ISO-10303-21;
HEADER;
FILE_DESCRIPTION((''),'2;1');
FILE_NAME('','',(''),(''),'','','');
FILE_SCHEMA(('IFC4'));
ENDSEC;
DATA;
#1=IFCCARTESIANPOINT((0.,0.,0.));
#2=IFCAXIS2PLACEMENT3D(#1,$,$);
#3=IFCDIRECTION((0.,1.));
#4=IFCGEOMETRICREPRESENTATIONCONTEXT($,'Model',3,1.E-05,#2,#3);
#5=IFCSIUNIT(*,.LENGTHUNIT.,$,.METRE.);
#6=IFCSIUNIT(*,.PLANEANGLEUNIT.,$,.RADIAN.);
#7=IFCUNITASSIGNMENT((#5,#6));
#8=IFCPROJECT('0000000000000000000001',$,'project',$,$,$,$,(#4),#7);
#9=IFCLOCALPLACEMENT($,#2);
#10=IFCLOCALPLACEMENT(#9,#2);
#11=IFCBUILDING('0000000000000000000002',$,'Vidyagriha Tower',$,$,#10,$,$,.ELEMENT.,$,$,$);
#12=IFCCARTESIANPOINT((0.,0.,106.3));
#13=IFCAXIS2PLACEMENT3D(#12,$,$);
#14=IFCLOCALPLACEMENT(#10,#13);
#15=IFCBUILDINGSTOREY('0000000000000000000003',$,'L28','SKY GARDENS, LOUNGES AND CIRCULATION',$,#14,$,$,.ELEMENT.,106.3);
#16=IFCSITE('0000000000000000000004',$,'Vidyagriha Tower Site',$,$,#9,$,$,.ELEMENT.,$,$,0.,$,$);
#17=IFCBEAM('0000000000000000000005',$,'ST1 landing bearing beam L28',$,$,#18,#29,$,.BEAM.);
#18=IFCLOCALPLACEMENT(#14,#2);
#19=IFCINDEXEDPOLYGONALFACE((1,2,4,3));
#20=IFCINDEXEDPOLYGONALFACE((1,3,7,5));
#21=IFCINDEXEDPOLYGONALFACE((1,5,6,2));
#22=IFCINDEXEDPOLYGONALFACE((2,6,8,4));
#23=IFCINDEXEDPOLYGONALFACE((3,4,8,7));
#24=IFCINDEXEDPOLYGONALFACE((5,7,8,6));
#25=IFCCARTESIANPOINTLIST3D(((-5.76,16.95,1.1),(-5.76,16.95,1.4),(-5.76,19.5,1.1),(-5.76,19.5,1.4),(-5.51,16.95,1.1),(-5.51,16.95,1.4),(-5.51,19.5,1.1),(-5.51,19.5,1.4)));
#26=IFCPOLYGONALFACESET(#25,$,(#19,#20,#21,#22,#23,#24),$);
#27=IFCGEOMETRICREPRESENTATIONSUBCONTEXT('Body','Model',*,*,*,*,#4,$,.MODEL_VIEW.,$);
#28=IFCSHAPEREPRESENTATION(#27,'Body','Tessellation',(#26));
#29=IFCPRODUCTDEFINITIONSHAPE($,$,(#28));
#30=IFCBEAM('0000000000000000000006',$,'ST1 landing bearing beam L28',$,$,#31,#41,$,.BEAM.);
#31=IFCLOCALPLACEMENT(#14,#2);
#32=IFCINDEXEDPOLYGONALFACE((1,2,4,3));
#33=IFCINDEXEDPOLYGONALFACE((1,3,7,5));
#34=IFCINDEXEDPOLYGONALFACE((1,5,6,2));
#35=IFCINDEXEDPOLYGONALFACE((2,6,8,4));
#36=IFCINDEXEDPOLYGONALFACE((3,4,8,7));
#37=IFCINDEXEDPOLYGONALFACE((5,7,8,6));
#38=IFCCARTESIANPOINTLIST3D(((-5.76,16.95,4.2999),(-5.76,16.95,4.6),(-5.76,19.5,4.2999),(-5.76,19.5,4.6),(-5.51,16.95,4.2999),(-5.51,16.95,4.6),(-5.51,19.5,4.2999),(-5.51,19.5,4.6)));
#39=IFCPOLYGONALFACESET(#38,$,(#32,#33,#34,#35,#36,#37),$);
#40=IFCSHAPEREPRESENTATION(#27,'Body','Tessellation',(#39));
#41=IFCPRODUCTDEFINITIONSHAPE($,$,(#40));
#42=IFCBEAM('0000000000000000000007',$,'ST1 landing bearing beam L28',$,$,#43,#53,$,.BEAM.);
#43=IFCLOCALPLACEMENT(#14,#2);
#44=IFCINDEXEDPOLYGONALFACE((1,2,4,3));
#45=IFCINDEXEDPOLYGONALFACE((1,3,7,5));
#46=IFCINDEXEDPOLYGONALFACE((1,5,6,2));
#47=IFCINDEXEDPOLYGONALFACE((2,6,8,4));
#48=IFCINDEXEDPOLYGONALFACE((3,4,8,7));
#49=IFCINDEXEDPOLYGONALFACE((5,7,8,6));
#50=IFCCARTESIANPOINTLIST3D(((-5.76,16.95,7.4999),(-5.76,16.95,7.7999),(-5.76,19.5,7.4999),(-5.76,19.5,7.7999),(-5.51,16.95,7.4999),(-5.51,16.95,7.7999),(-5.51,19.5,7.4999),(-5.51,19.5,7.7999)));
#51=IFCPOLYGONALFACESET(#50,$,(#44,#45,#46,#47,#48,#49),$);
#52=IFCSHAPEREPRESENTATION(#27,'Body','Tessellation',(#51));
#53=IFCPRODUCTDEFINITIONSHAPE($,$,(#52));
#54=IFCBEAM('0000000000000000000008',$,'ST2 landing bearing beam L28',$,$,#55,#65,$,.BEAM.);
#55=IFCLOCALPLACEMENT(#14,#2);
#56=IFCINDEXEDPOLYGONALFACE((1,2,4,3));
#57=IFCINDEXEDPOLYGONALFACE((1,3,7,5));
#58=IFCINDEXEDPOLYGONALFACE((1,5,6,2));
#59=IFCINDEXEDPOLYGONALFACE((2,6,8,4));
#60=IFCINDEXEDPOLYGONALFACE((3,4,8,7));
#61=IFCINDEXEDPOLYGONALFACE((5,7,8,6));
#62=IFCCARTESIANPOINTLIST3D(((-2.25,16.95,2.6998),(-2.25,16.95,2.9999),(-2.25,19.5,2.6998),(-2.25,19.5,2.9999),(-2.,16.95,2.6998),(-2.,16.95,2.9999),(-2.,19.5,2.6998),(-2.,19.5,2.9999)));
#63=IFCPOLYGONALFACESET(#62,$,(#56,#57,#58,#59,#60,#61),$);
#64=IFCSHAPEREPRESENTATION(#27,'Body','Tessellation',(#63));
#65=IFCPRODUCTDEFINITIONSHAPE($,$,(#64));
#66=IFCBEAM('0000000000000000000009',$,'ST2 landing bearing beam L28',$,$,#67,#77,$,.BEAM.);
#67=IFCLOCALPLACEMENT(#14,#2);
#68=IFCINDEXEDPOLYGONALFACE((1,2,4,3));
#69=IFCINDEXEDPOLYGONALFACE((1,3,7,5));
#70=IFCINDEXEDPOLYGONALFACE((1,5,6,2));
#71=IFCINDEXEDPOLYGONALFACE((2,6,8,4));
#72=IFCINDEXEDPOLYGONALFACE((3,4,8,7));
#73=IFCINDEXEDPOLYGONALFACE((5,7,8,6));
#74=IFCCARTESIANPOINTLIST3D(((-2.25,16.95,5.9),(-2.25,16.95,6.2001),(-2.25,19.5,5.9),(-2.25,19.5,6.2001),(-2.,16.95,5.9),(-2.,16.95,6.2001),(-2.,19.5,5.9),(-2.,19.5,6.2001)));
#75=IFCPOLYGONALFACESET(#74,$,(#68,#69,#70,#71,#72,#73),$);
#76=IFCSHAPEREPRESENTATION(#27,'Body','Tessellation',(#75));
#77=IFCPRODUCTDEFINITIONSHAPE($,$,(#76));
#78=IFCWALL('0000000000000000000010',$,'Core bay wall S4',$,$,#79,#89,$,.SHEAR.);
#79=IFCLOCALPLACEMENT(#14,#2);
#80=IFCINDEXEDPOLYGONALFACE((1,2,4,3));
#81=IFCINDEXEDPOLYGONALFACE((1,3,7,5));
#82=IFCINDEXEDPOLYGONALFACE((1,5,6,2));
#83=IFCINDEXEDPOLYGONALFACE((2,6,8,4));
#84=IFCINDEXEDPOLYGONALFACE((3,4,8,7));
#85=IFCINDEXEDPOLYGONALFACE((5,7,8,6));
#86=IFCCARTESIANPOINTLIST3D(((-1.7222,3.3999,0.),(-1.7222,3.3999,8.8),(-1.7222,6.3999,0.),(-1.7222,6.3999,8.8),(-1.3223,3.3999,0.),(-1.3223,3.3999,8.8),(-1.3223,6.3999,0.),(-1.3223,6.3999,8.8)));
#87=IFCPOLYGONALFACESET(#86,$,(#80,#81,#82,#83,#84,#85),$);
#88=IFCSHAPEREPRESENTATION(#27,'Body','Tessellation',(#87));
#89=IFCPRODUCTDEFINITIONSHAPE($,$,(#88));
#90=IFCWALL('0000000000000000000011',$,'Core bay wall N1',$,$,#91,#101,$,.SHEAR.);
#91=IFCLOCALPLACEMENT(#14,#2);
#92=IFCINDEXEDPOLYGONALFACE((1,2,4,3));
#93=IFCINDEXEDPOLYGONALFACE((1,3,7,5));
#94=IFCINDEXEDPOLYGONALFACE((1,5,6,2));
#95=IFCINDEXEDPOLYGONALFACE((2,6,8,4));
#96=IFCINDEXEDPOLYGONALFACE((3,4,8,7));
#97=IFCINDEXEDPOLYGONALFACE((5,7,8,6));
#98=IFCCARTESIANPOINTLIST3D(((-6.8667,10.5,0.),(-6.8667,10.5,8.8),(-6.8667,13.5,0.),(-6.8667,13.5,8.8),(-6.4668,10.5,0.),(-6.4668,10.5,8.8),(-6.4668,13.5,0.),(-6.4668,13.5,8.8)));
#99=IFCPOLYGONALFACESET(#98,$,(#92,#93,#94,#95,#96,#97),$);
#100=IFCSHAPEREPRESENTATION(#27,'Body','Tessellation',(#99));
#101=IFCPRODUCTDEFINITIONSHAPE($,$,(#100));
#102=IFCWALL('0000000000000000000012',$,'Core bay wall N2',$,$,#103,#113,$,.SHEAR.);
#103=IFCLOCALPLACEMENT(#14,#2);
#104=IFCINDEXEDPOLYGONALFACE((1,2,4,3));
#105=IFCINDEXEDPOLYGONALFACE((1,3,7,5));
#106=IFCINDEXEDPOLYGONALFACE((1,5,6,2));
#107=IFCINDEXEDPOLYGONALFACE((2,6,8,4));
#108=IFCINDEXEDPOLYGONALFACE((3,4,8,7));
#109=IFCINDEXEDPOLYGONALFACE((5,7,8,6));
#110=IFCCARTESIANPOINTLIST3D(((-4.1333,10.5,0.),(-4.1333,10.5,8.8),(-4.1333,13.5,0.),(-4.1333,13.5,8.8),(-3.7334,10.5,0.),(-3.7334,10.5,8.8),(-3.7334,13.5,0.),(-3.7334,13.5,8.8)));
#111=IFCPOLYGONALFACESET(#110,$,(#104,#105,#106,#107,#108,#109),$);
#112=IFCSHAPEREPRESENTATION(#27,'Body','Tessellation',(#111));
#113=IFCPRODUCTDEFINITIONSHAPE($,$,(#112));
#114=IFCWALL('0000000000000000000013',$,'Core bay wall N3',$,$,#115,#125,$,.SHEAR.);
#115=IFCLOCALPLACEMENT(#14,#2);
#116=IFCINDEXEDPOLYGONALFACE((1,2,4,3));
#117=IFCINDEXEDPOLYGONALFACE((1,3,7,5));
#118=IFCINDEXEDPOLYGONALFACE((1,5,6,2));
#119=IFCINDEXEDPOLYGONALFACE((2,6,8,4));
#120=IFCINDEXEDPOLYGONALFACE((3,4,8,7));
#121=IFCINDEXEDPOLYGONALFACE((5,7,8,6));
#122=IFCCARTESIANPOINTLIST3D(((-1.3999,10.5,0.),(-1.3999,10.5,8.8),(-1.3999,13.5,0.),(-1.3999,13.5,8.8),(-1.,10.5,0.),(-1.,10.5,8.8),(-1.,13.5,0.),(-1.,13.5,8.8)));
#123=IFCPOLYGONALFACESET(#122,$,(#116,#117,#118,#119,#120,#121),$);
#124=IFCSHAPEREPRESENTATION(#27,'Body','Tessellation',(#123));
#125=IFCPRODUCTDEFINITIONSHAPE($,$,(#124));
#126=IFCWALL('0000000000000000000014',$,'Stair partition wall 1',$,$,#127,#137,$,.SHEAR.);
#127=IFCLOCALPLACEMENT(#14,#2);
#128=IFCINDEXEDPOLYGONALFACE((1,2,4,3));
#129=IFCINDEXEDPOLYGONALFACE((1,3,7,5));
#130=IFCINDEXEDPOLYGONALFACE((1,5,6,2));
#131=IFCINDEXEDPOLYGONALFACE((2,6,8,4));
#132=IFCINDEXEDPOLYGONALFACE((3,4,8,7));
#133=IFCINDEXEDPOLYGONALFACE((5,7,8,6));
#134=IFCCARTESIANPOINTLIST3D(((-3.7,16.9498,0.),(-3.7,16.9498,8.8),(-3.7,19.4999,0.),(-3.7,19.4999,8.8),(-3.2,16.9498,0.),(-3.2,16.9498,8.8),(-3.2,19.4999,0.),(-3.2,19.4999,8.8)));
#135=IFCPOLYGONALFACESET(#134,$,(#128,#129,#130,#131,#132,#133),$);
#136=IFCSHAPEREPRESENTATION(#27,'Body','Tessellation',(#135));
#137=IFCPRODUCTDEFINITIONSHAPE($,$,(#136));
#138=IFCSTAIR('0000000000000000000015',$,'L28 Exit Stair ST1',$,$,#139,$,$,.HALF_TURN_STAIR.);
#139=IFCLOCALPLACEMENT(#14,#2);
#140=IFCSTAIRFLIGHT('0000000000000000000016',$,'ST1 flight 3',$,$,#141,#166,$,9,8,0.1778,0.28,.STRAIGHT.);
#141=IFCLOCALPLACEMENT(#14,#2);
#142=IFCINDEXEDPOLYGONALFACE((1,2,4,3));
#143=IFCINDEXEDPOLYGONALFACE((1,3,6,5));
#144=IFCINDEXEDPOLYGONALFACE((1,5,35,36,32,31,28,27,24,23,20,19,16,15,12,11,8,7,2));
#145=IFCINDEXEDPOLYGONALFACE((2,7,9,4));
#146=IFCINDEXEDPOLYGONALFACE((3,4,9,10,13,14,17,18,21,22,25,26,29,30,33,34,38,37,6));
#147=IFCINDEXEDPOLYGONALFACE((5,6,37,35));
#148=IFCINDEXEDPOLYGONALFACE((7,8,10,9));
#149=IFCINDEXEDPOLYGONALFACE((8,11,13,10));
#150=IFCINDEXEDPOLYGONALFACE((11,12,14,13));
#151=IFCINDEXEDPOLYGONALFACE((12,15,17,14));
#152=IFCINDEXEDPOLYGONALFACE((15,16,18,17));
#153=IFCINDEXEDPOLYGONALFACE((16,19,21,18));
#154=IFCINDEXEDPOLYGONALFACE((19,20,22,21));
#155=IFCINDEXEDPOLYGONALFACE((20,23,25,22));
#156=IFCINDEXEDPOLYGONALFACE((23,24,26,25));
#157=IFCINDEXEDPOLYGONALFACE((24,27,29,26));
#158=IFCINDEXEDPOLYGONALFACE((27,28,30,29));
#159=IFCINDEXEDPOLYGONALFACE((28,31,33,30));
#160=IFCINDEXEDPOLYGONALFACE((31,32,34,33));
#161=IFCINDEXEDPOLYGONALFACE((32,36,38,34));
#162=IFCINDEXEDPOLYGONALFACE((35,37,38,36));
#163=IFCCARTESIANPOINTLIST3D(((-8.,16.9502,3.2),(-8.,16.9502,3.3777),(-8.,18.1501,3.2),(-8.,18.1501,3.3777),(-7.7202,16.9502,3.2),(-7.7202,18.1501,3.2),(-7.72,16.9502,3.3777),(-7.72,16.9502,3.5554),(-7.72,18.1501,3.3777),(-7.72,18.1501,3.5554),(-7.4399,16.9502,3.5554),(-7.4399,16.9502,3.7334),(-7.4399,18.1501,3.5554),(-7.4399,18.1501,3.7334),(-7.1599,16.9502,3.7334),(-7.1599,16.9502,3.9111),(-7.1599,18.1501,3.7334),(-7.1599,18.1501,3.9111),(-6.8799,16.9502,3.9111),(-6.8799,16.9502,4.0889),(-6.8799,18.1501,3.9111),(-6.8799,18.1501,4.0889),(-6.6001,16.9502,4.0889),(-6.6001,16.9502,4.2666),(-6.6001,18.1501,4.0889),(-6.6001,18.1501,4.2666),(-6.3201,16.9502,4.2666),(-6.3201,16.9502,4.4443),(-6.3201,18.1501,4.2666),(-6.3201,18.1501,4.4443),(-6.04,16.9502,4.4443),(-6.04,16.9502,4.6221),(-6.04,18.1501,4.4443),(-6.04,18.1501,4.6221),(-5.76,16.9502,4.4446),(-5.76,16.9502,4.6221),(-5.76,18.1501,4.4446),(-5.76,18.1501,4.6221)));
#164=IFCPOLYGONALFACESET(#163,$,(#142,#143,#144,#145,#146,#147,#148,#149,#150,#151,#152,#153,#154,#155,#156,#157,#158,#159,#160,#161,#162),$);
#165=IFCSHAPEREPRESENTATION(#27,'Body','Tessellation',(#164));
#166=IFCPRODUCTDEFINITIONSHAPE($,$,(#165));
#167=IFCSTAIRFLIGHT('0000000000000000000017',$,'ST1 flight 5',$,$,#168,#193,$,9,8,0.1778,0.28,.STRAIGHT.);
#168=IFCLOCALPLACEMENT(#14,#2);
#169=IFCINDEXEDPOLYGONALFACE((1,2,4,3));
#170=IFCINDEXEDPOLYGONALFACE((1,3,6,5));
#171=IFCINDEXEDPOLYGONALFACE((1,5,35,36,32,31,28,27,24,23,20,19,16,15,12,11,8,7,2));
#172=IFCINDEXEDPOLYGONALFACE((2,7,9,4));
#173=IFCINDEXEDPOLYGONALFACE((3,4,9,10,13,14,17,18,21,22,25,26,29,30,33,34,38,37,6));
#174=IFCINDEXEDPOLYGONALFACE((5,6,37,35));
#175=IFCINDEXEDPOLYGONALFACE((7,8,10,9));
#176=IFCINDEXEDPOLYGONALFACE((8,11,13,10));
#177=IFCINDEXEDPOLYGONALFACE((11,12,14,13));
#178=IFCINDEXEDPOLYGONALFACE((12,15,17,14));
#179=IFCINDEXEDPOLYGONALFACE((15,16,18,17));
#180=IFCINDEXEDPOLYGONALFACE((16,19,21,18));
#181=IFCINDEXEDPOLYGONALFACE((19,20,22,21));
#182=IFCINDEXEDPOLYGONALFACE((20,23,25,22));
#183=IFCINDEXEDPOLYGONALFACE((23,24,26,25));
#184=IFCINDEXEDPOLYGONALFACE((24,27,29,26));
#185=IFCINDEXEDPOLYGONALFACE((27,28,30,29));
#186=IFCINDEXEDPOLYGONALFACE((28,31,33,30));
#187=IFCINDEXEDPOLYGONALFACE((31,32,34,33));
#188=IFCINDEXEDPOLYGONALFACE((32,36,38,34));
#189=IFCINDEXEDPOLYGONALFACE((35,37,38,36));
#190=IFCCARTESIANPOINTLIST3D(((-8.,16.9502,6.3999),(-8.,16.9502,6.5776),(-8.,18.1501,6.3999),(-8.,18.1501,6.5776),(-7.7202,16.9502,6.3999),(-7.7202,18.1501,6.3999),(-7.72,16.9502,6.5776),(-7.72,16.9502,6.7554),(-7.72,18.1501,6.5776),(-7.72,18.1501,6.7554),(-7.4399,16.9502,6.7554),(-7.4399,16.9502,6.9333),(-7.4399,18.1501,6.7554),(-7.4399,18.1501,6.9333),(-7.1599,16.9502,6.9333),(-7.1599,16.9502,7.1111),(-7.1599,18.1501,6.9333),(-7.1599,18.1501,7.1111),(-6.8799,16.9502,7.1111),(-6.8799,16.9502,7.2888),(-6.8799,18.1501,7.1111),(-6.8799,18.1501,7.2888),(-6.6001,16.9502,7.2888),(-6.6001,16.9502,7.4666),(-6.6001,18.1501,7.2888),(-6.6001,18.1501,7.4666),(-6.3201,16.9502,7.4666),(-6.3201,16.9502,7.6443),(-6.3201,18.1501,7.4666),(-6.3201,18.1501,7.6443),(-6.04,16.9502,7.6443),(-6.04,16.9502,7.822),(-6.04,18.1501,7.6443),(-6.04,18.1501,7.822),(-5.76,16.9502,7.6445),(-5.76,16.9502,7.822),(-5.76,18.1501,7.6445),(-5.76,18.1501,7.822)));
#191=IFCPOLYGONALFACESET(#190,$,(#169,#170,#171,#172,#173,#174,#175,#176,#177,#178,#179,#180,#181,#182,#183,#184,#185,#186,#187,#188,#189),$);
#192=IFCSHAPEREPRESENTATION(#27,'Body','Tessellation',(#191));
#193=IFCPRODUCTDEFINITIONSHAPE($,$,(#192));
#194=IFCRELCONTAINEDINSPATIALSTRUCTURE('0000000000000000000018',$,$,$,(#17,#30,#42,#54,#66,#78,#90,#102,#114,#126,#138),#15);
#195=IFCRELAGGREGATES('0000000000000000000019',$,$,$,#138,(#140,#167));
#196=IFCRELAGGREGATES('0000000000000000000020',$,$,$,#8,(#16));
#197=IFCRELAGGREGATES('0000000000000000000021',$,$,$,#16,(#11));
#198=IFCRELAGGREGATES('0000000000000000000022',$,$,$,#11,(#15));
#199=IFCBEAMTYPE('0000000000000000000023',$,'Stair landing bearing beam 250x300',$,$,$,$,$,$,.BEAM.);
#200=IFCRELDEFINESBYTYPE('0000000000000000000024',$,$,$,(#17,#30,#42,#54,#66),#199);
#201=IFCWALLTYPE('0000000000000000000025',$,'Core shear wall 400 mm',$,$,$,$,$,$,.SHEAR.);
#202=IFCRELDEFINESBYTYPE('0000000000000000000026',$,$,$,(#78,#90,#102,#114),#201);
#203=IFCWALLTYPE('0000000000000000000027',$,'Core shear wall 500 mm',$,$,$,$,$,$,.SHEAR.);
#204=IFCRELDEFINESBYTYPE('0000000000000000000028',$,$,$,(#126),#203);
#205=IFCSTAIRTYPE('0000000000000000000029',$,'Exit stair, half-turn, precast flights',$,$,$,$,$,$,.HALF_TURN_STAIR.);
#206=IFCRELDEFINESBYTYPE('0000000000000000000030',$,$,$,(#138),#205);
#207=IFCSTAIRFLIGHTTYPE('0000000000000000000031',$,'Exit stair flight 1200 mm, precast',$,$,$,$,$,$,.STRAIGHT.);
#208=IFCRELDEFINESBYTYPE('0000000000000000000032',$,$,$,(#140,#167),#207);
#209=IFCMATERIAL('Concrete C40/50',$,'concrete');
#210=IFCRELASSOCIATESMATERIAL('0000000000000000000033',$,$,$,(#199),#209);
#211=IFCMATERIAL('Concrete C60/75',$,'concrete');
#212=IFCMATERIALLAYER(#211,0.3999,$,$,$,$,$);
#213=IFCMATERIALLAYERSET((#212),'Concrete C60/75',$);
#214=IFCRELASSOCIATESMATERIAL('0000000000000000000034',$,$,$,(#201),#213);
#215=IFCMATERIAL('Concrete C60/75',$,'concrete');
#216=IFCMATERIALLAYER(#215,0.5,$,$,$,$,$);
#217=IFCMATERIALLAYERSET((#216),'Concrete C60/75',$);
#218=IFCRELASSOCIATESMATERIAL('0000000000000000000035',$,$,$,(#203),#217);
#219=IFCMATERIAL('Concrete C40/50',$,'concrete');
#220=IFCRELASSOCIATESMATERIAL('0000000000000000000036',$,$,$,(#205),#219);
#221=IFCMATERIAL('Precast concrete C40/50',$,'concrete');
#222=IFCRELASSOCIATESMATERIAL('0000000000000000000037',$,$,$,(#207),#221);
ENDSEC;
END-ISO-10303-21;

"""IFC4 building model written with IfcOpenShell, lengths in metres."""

from ifc_helpers import new_model, si_unit, direction, frame, frame_2d, origin, origin_2d, place, context, subcontext, project, spatial, polyline, rectangle, outline, extrude, material, layer, layer_set, material_profile, profile_set, type_object, element, aggregate, save


model = new_model("IFC4")

# Units and contexts
model_context = context("Model", 3, precision=1e-05, world=origin(), true_north=direction((0.0, 1.0)))
body_context = subcontext(model_context, "Body", "Model", "MODEL_VIEW")
ifc_project = project(units=[si_unit("LENGTHUNIT", "METRE"), si_unit("PLANEANGLEUNIT", "RADIAN")], contexts=[model_context])

# Site, building, storey
site_placement = place(None, origin())
site = spatial("IfcSite", under=ifc_project, at=site_placement, Name="Vidyagriha Tower Site", CompositionType="ELEMENT", RefElevation=0.0)
building_placement = place(site_placement, origin())
building = spatial("IfcBuilding", under=site, at=building_placement, Name="Vidyagriha Tower", CompositionType="ELEMENT")
storey_placement = place(building_placement, frame((0.0, 0.0, 106.3)))
storey = spatial("IfcBuildingStorey", under=building, at=storey_placement, Name="L28", Description="SKY GARDENS, LOUNGES AND CIRCULATION", CompositionType="ELEMENT", Elevation=106.3)

# Beams
ifc_material_1 = material(Name="Concrete C40/50", Category="concrete")
ifc_material_profile = material_profile(ifc_material_1, rectangle(XDim=0.25, YDim=0.3, at=origin_2d()), Name="Stair landing bearing beam 250x300")
ifc_profile_set = profile_set([ifc_material_profile], Name="Concrete C40/50")
beam_type = type_object("IfcBeamType", Name="Stair landing bearing beam 250x300", PredefinedType="BEAM", material=ifc_profile_set)
for number, where, z_axis, x_axis, name in (
    (1, (-5.635, 16.95, 1.25), (0.0, 1.0, 0.0), (-1.0, 0.0, 0.0), "ST1 landing bearing beam L28"),
    (2, (-5.635, 16.95, 4.45), (0.0, 1.0, 0.0), (-1.0, 0.0, 0.0), "ST1 landing bearing beam L28"),
    (3, (-5.635, 16.95, 7.6499), (0.0, 1.0, 0.0), (-1.0, 0.0, 0.0), "ST1 landing bearing beam L28"),
    (4, (-2.125, 16.95, 2.8499), (0.0, 1.0, 0.0), (-1.0, 0.0, 0.0), "ST2 landing bearing beam L28"),
    (5, (-2.125, 16.95, 6.05), (0.0, 1.0, 0.0), (-1.0, 0.0, 0.0), "ST2 landing bearing beam L28"),
):
    element("IfcBeam", number, at=place(storey_placement, frame(where, z_axis=z_axis, x_axis=x_axis)), inside=storey, type_object=beam_type, Name=name, PredefinedType="BEAM", context=body_context, shape_type="SweptSolid", body=[
        extrude(rectangle(XDim=0.25, YDim=0.3, at=origin_2d()), origin(), (0.0, 0.0, 1.0), 2.55),
    ])

# Walls
ifc_material_2 = material(Name="Concrete C60/75", Category="concrete")
ifc_layer_1 = layer(ifc_material_2, 0.3999)
ifc_layer_set_1 = layer_set([ifc_layer_1], Name="Concrete C60/75")
wall_type_1 = type_object("IfcWallType", Name="Core shear wall 400 mm", PredefinedType="SHEAR", material=ifc_layer_set_1)
for number, where, z_axis, x_axis, name in (
    (6, (-1.5222, 3.3999, 0.0), (0.0, 0.0, 1.0), (0.0, 1.0, 0.0), "Core bay wall S4"),
    (7, (-6.6667, 10.5, 0.0), (0.0, 0.0, 1.0), (0.0, 1.0, 0.0), "Core bay wall N1"),
    (8, (-3.9333, 10.5, 0.0), (0.0, 0.0, 1.0), (0.0, 1.0, 0.0), "Core bay wall N2"),
    (9, (-1.2, 10.5, 0.0), (0.0, 0.0, 1.0), (0.0, 1.0, 0.0), "Core bay wall N3"),
):
    element("IfcWall", number, at=place(storey_placement, frame(where, z_axis=z_axis, x_axis=x_axis)), inside=storey, type_object=wall_type_1, Name=name, PredefinedType="SHEAR", context=body_context, shape_type="SweptSolid", body=[
        extrude(rectangle(XDim=3.0, YDim=0.3999, at=frame_2d((1.5, 0.0))), origin(), (0.0, 0.0, 1.0), 8.8),
    ])
ifc_material_3 = material(Name="Concrete C60/75", Category="concrete")
ifc_layer_2 = layer(ifc_material_3, 0.5)
ifc_layer_set_2 = layer_set([ifc_layer_2], Name="Concrete C60/75")
wall_type_2 = type_object("IfcWallType", Name="Core shear wall 500 mm", PredefinedType="SHEAR", material=ifc_layer_set_2)
wall_placement = place(storey_placement, frame((-3.45, 16.95, 0.0), z_axis=(0.0, 0.0, 1.0), x_axis=(0.0, 1.0, 0.0)))
element("IfcWall", 10, at=wall_placement, inside=storey, type_object=wall_type_2, Name="Stair partition wall 1", PredefinedType="SHEAR", context=body_context, shape_type="SweptSolid", body=[
    extrude(rectangle(XDim=2.55, YDim=0.5, at=frame_2d((1.2749, 0.0))), origin(), (0.0, 0.0, 1.0), 8.8),
])

# Stair, stair flights
ifc_material_4 = material(Name="Concrete C40/50", Category="concrete")
stair_type = type_object("IfcStairType", Name="Exit stair, half-turn, precast flights", PredefinedType="HALF_TURN_STAIR", material=ifc_material_4)
stair_1_placement = place(storey_placement, origin())
stair_1 = element("IfcStair", 11, at=stair_1_placement, inside=storey, type_object=stair_type, Name="L28 Exit Stair ST1", PredefinedType="HALF_TURN_STAIR")
ifc_material_5 = material(Name="Precast concrete C40/50", Category="concrete")
stair_flight_type = type_object("IfcStairFlightType", Name="Exit stair flight 1200 mm, precast", PredefinedType="STRAIGHT", material=ifc_material_5)
stair_flight_1_placement = place(storey_placement, frame((-8.0, 17.55, 3.2)))
stair_flight_1 = element("IfcStairFlight", 12, at=stair_flight_1_placement, type_object=stair_flight_type, Name="ST1 flight 3", NumberOfRisers=9, NumberOfTreads=8, PredefinedType="STRAIGHT", RiserHeight=0.1778, TreadLength=0.28, context=body_context, shape_type="SweptSolid", body=[
    extrude(outline(polyline([(0.0, 0.0), (0.0, 0.1777), (0.28, 0.1777), (0.28, 0.3555), (0.5601, 0.3555), (0.5601, 0.5334), (0.8401, 0.5334), (0.8401, 0.7112), (1.1201, 0.7112), (1.1201, 0.8889), (1.3999, 0.8889), (1.3999, 1.0667), (1.6799, 1.0667), (1.6799, 1.2444), (1.96, 1.2444), (1.96, 1.4221), (2.24, 1.4221), (2.24, 1.6001), (2.24, 1.2446), (0.2798, 0.0), (0.0, 0.0)])), frame((0.0, 0.6001, 0.0), z_axis=(0.0, -1.0, 0.0), x_axis=(1.0, 0.0, 0.0)), (0.0, 0.0, 1.0), 1.2),
])
stair_flight_2_placement = place(storey_placement, frame((-8.0, 17.55, 6.3999)))
stair_flight_2 = element("IfcStairFlight", 13, at=stair_flight_2_placement, type_object=stair_flight_type, Name="ST1 flight 5", NumberOfRisers=9, NumberOfTreads=8, PredefinedType="STRAIGHT", RiserHeight=0.1778, TreadLength=0.28, context=body_context, shape_type="SweptSolid", body=[
    extrude(outline(polyline([(0.0, 0.0), (0.0, 0.1777), (0.28, 0.1777), (0.28, 0.3555), (0.5601, 0.3555), (0.5601, 0.5334), (0.8401, 0.5334), (0.8401, 0.7112), (1.1201, 0.7112), (1.1201, 0.8889), (1.3999, 0.8889), (1.3999, 1.0667), (1.6799, 1.0667), (1.6799, 1.2444), (1.96, 1.2444), (1.96, 1.4221), (2.24, 1.4221), (2.24, 1.6001), (2.24, 1.2446), (0.2798, 0.0), (0.0, 0.0)])), frame((0.0, 0.6001, 0.0), z_axis=(0.0, -1.0, 0.0), x_axis=(1.0, 0.0, 0.0)), (0.0, 0.0, 1.0), 1.2),
])
aggregate(stair_1, [stair_flight_1, stair_flight_2])

save(model, "model.ifc")
